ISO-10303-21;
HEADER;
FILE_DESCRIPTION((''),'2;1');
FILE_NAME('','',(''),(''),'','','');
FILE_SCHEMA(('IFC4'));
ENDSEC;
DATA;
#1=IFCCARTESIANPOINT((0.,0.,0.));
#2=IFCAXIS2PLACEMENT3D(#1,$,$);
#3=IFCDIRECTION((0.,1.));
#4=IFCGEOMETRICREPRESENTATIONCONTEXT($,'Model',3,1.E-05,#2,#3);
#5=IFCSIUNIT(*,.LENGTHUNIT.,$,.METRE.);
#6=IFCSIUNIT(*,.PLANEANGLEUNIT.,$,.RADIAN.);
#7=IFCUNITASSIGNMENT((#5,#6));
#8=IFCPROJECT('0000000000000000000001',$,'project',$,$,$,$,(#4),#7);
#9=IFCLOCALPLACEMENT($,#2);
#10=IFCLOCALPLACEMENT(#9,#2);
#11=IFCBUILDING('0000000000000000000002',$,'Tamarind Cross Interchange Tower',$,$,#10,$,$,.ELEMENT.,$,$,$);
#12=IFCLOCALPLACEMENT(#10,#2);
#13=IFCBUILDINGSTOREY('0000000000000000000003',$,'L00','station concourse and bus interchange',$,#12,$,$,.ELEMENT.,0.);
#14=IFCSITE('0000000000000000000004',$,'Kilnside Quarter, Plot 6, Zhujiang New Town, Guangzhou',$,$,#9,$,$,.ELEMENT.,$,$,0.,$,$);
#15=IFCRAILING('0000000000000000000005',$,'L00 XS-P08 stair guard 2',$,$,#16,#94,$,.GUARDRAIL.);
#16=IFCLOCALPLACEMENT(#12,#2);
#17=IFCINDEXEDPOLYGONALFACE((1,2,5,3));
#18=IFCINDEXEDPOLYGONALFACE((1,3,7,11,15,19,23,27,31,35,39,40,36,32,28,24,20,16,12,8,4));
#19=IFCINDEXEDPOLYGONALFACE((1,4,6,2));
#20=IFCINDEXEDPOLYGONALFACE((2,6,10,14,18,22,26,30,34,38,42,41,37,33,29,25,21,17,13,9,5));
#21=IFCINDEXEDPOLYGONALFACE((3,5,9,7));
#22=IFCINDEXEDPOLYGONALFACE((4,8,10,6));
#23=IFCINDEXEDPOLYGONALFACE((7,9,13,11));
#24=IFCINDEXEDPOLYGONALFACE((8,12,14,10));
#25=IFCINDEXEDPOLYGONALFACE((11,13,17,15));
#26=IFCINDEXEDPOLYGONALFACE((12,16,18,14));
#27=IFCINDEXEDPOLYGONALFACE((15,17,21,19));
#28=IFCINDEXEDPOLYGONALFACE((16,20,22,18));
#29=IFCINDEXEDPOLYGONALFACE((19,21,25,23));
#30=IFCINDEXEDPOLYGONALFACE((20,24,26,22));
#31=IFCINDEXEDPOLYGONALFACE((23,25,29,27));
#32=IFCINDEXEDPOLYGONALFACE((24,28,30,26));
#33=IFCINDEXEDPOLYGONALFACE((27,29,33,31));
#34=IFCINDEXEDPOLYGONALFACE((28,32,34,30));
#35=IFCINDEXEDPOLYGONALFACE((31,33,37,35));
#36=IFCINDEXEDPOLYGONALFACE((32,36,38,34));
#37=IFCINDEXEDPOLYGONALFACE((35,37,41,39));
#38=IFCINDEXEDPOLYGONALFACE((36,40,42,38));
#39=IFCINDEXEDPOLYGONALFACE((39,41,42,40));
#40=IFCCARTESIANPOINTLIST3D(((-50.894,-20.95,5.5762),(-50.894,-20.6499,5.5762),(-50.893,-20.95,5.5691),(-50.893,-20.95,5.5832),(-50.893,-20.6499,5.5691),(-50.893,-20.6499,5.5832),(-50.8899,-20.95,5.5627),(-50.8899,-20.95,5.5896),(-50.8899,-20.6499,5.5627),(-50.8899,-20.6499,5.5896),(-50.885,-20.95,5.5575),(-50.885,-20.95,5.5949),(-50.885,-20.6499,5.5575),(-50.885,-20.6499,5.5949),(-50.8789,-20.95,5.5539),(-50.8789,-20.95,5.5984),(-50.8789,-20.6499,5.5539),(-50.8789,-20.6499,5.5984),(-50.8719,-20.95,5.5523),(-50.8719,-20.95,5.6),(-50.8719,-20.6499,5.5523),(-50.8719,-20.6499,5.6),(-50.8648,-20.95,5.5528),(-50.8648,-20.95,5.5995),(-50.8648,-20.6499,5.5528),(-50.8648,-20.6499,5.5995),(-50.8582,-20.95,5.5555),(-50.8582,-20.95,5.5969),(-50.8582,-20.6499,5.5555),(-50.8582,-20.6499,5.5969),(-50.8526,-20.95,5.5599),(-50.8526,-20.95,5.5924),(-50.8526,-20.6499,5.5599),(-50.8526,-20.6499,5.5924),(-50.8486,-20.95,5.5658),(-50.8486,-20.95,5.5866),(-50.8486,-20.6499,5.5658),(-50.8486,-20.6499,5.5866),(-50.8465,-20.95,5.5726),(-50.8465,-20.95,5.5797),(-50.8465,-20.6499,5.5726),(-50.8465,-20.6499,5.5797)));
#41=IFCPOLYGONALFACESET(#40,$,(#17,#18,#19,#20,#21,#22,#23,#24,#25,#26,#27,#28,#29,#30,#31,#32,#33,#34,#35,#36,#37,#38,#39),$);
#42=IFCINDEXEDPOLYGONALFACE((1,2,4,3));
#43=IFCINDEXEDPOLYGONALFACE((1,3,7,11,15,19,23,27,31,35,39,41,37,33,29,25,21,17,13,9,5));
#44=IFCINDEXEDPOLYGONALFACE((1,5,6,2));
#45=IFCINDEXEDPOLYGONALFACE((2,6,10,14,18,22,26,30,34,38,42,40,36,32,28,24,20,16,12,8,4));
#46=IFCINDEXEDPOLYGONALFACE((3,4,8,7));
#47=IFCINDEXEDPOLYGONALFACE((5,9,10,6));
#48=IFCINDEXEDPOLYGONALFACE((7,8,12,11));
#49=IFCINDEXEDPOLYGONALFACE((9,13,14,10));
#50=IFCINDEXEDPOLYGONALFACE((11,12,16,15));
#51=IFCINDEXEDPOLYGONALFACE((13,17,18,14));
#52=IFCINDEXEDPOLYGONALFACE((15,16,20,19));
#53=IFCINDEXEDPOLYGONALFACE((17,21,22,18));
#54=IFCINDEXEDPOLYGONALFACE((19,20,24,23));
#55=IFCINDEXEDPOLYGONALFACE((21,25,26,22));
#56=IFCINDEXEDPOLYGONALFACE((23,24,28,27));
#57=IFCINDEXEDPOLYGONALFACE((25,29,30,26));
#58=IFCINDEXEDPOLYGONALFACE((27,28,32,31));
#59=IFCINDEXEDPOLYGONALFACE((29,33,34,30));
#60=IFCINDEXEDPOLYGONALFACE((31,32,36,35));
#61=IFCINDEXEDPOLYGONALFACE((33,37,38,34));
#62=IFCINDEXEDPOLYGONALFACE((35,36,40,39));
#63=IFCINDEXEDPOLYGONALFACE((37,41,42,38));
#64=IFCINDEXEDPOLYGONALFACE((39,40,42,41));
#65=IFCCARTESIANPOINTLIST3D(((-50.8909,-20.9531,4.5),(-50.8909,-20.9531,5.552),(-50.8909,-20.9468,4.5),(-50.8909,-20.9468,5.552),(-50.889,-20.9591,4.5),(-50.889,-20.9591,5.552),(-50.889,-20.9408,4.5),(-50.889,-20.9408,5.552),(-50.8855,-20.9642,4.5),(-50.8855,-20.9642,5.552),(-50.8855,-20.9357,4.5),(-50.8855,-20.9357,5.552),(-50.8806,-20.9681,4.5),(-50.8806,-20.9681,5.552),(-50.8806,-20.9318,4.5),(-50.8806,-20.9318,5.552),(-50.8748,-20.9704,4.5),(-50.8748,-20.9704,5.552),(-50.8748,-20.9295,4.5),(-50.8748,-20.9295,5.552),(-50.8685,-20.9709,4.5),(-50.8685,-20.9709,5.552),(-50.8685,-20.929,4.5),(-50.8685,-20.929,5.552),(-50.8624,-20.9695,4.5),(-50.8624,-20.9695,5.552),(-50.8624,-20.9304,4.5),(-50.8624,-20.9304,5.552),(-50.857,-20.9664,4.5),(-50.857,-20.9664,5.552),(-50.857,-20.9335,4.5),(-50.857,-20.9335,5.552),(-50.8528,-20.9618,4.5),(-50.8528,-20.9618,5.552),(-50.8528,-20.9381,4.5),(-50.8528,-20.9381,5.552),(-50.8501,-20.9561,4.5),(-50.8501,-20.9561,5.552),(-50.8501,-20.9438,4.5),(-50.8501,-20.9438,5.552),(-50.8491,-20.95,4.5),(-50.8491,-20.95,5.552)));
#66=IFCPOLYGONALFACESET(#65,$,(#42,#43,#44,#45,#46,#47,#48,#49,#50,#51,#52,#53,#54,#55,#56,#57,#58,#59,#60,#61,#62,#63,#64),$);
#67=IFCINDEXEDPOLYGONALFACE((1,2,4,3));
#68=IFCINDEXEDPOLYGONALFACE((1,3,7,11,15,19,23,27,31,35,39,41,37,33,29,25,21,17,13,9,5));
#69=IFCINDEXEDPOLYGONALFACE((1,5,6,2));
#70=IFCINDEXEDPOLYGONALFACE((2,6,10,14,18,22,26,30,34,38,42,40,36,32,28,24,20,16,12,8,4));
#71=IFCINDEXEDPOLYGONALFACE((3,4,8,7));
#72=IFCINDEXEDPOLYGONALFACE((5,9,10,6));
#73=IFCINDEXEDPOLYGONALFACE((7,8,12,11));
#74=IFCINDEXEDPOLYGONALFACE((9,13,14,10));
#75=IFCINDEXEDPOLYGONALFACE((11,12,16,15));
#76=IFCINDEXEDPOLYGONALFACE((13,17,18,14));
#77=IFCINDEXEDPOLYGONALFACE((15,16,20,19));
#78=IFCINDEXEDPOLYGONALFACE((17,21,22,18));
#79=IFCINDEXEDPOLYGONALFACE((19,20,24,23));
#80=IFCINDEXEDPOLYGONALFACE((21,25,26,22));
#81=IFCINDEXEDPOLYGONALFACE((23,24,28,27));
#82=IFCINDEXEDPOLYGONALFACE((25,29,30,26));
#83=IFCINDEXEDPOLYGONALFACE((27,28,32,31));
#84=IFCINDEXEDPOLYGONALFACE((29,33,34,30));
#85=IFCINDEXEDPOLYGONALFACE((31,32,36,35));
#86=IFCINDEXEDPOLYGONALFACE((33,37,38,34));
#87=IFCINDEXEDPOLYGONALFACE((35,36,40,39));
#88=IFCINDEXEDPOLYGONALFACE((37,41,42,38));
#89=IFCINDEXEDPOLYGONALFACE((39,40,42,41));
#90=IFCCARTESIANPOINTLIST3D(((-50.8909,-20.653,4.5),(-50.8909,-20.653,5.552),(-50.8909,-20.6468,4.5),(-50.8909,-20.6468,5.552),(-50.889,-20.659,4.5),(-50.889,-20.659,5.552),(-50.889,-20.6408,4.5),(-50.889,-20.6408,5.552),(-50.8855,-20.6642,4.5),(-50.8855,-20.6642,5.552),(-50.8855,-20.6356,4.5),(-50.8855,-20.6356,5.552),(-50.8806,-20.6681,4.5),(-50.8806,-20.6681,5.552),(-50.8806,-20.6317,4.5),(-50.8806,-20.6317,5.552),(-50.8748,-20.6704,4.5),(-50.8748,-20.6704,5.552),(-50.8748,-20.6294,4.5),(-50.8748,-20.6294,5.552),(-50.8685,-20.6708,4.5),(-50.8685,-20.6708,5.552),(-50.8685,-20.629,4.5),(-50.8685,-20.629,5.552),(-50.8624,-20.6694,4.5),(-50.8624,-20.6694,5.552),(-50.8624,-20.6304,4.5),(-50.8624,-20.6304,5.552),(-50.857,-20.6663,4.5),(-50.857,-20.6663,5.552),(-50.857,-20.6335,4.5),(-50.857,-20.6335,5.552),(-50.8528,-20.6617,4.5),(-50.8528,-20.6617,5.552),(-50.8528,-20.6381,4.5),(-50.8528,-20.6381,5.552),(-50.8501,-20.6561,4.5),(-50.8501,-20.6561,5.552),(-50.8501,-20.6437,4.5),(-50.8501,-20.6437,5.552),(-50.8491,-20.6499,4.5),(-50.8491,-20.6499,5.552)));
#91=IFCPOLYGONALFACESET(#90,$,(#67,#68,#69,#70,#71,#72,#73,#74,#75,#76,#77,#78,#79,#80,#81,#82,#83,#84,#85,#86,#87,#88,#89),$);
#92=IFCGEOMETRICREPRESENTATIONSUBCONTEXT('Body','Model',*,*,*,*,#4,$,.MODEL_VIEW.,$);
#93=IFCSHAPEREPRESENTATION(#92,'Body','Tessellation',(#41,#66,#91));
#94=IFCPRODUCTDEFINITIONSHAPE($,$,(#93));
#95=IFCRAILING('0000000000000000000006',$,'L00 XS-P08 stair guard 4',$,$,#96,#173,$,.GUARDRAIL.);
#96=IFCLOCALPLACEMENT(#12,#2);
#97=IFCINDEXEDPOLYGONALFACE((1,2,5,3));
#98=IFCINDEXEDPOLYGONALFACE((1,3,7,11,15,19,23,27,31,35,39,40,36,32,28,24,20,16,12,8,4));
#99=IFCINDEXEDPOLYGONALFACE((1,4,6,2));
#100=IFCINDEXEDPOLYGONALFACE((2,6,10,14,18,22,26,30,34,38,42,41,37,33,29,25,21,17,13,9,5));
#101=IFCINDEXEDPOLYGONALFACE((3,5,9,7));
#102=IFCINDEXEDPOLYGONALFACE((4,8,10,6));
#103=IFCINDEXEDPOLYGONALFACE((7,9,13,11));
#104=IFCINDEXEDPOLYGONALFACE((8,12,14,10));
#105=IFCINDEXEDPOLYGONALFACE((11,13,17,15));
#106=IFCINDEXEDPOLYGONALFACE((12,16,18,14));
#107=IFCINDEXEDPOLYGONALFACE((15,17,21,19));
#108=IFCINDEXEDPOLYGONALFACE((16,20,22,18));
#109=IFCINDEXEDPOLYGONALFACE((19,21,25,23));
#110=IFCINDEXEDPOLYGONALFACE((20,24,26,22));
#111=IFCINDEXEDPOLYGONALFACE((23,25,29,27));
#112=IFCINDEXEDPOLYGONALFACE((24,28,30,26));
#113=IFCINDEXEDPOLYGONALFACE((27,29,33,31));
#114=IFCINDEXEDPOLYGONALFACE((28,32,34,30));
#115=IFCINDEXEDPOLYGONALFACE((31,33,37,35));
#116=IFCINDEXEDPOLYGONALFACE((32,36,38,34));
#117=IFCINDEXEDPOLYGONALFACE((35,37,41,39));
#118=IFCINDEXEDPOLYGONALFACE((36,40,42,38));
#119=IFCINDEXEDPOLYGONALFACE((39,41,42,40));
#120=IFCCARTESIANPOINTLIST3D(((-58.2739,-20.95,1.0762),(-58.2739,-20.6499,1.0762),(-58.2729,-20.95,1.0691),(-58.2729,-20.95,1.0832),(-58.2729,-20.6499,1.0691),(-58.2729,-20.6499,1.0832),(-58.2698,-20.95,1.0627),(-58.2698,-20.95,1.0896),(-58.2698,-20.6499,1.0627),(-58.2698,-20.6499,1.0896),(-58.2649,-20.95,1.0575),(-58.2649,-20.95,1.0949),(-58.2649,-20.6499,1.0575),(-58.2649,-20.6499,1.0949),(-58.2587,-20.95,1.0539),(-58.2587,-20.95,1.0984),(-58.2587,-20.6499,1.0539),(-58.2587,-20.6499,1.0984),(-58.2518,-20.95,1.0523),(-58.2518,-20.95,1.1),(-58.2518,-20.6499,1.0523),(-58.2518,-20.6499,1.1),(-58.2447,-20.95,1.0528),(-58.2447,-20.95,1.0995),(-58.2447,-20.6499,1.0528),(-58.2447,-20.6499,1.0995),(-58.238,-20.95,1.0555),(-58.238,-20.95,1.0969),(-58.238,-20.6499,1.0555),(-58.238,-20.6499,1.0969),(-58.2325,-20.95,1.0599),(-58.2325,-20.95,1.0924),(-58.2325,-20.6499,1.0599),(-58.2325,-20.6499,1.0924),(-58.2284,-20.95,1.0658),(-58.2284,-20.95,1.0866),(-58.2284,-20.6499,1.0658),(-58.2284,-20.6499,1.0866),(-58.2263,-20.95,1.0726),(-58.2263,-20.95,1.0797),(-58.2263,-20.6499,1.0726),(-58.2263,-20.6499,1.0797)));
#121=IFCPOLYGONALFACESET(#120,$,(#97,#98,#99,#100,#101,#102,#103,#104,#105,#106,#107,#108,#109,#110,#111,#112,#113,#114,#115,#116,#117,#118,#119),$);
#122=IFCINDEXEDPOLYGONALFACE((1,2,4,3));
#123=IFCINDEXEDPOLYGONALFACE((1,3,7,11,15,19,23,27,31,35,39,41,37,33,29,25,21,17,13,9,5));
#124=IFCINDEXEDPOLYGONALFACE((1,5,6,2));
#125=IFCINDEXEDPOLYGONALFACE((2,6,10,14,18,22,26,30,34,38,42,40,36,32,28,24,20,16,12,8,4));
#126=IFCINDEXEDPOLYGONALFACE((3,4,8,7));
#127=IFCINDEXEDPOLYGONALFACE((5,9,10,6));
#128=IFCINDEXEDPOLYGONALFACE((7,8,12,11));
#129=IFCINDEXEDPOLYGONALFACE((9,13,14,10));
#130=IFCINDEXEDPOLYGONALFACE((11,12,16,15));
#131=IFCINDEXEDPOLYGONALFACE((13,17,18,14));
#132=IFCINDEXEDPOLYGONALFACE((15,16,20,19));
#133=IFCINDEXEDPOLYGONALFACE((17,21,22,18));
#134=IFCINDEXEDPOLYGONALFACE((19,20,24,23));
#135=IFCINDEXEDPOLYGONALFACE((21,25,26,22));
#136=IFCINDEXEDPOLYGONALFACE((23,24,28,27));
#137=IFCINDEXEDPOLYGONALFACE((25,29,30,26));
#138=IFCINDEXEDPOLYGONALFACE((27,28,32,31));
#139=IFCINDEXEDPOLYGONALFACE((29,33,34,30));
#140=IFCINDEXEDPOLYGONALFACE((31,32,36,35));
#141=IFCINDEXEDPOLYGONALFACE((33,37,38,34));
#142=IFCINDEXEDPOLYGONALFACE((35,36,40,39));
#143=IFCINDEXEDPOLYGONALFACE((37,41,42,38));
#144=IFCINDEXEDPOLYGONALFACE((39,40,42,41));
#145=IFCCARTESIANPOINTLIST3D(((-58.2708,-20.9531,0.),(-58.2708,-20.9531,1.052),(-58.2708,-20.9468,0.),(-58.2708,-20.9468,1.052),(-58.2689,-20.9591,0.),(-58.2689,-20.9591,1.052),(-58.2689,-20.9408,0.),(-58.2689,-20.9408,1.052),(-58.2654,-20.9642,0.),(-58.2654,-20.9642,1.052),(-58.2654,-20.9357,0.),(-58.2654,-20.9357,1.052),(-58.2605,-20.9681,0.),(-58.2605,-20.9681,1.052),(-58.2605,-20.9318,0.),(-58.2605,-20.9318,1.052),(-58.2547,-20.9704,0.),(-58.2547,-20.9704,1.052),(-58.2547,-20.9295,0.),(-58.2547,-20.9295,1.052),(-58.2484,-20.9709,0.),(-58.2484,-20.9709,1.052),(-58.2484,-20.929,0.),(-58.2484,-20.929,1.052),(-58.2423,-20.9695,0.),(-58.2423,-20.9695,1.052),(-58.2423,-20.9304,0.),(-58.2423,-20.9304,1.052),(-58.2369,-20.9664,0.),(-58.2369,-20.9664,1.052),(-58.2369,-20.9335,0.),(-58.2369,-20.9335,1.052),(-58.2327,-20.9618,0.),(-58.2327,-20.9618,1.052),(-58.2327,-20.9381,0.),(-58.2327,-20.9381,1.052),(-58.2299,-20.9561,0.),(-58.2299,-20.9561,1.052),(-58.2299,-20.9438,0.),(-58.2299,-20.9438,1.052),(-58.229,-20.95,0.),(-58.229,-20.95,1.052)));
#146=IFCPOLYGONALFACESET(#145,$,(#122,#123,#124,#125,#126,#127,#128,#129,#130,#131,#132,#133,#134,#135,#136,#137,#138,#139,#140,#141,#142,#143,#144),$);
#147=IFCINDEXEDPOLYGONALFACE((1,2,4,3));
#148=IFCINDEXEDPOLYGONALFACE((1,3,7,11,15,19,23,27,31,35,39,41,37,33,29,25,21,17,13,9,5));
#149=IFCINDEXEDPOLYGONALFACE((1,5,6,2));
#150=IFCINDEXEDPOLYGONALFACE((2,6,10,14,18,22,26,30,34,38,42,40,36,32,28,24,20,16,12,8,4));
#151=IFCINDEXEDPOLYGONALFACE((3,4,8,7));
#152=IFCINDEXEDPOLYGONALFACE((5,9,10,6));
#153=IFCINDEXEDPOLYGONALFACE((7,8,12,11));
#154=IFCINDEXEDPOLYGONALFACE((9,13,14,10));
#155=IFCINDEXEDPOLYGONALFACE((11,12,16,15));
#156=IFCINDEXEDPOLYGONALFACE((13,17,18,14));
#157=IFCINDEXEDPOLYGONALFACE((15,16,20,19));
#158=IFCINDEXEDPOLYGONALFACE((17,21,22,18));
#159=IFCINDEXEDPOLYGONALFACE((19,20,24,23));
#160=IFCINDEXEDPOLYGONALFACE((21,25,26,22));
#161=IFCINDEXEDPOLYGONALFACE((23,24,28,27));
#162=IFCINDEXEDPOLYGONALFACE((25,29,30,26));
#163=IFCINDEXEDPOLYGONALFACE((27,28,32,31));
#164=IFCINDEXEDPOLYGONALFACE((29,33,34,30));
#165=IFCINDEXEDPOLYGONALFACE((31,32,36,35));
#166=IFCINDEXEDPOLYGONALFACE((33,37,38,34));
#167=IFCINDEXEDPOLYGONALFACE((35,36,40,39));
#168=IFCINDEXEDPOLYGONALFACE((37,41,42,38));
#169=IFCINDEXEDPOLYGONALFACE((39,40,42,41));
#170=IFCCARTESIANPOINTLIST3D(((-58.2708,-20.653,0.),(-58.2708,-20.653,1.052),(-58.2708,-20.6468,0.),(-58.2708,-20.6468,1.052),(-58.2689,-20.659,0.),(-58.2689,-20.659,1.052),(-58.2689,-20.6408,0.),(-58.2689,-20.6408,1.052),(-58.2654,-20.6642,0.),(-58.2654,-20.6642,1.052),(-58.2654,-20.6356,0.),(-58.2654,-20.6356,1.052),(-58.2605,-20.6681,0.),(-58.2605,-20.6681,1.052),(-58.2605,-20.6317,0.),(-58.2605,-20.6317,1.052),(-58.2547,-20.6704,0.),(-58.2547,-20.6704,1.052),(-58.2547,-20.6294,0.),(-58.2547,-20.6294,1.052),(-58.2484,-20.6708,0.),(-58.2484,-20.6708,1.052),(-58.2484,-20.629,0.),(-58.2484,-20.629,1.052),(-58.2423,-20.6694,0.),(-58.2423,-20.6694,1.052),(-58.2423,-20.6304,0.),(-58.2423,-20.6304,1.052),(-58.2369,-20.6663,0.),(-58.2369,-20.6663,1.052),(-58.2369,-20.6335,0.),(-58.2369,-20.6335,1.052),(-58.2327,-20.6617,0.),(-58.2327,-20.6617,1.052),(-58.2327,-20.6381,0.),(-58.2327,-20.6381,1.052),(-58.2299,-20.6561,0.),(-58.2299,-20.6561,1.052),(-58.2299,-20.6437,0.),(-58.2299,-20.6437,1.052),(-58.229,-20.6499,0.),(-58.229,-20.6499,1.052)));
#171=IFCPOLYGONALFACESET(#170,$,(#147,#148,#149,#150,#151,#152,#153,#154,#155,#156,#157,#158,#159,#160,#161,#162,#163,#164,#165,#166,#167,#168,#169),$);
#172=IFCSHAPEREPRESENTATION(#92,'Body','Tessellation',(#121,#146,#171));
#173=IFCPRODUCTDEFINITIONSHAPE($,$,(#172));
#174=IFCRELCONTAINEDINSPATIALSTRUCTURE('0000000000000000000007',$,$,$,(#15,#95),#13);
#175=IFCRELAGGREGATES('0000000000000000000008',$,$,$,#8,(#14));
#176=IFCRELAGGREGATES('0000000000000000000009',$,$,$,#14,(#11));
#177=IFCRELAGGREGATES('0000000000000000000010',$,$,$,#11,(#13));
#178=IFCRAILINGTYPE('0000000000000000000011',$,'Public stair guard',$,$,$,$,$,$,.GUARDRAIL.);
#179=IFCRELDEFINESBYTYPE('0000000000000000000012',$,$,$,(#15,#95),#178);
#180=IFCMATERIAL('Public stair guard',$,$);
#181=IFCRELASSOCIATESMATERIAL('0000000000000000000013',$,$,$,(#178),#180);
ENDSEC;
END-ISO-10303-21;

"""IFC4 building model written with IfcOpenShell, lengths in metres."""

from ifc_helpers import new_model, si_unit, direction, frame, origin, origin_2d, place, context, subcontext, project, spatial, circle, extrude, material, type_object, element, save


model = new_model("IFC4")

# Units and contexts
model_context = context("Model", 3, precision=1e-05, world=origin(), true_north=direction((0.0, 1.0)))
body_context = subcontext(model_context, "Body", "Model", "MODEL_VIEW")
ifc_project = project(units=[si_unit("LENGTHUNIT", "METRE"), si_unit("PLANEANGLEUNIT", "RADIAN")], contexts=[model_context])

# Site, building, storey
site_placement = place(None, origin())
site = spatial("IfcSite", under=ifc_project, at=site_placement, Name="Kilnside Quarter, Plot 6, Zhujiang New Town, Guangzhou", CompositionType="ELEMENT", RefElevation=0.0)
building_placement = place(site_placement, origin())
building = spatial("IfcBuilding", under=site, at=building_placement, Name="Tamarind Cross Interchange Tower", CompositionType="ELEMENT")
storey_placement = place(building_placement, origin())
storey = spatial("IfcBuildingStorey", under=building, at=storey_placement, Name="L00", Description="station concourse and bus interchange", CompositionType="ELEMENT", Elevation=0.0)

# Railings
ifc_material_1 = material(Name="Public stair guard")
railing_type_1 = type_object("IfcRailingType", Name="Public stair guard", PredefinedType="GUARDRAIL", material=ifc_material_1)
railing_1_placement = place(storey_placement, frame((-50.8701, -20.95, 4.5)))
element("IfcRailing", 1, at=railing_1_placement, inside=storey, type_object=railing_type_1, Name="L00 XS-P08 stair guard 2", PredefinedType="GUARDRAIL", context=body_context, shape_type="SweptSolid", body=[
    extrude(circle(Radius=0.0239, at=origin_2d()), frame((0.0, 0.0, 1.0762), z_axis=(0.0, 1.0, 0.0), x_axis=(-1.0, 0.0, 0.0)), (0.0, 0.0, 1.0), 0.3),
    extrude(circle(Radius=0.021, at=origin_2d()), origin(), (0.0, 0.0, 1.0), 1.052),
    extrude(circle(Radius=0.021, at=origin_2d()), frame((0.0, 0.3, 0.0)), (0.0, 0.0, 1.0), 1.052),
])
railing_2_placement = place(storey_placement, frame((-58.25, -20.95, 0.0)))
element("IfcRailing", 2, at=railing_2_placement, inside=storey, type_object=railing_type_1, Name="L00 XS-P08 stair guard 4", PredefinedType="GUARDRAIL", context=body_context, shape_type="SweptSolid", body=[
    extrude(circle(Radius=0.0239, at=origin_2d()), frame((0.0, 0.0, 1.0762), z_axis=(0.0, 1.0, 0.0), x_axis=(-1.0, 0.0, 0.0)), (0.0, 0.0, 1.0), 0.3),
    extrude(circle(Radius=0.021, at=origin_2d()), origin(), (0.0, 0.0, 1.0), 1.052),
    extrude(circle(Radius=0.021, at=origin_2d()), frame((0.0, 0.3, 0.0)), (0.0, 0.0, 1.0), 1.052),
])

save(model, "model.ifc")
